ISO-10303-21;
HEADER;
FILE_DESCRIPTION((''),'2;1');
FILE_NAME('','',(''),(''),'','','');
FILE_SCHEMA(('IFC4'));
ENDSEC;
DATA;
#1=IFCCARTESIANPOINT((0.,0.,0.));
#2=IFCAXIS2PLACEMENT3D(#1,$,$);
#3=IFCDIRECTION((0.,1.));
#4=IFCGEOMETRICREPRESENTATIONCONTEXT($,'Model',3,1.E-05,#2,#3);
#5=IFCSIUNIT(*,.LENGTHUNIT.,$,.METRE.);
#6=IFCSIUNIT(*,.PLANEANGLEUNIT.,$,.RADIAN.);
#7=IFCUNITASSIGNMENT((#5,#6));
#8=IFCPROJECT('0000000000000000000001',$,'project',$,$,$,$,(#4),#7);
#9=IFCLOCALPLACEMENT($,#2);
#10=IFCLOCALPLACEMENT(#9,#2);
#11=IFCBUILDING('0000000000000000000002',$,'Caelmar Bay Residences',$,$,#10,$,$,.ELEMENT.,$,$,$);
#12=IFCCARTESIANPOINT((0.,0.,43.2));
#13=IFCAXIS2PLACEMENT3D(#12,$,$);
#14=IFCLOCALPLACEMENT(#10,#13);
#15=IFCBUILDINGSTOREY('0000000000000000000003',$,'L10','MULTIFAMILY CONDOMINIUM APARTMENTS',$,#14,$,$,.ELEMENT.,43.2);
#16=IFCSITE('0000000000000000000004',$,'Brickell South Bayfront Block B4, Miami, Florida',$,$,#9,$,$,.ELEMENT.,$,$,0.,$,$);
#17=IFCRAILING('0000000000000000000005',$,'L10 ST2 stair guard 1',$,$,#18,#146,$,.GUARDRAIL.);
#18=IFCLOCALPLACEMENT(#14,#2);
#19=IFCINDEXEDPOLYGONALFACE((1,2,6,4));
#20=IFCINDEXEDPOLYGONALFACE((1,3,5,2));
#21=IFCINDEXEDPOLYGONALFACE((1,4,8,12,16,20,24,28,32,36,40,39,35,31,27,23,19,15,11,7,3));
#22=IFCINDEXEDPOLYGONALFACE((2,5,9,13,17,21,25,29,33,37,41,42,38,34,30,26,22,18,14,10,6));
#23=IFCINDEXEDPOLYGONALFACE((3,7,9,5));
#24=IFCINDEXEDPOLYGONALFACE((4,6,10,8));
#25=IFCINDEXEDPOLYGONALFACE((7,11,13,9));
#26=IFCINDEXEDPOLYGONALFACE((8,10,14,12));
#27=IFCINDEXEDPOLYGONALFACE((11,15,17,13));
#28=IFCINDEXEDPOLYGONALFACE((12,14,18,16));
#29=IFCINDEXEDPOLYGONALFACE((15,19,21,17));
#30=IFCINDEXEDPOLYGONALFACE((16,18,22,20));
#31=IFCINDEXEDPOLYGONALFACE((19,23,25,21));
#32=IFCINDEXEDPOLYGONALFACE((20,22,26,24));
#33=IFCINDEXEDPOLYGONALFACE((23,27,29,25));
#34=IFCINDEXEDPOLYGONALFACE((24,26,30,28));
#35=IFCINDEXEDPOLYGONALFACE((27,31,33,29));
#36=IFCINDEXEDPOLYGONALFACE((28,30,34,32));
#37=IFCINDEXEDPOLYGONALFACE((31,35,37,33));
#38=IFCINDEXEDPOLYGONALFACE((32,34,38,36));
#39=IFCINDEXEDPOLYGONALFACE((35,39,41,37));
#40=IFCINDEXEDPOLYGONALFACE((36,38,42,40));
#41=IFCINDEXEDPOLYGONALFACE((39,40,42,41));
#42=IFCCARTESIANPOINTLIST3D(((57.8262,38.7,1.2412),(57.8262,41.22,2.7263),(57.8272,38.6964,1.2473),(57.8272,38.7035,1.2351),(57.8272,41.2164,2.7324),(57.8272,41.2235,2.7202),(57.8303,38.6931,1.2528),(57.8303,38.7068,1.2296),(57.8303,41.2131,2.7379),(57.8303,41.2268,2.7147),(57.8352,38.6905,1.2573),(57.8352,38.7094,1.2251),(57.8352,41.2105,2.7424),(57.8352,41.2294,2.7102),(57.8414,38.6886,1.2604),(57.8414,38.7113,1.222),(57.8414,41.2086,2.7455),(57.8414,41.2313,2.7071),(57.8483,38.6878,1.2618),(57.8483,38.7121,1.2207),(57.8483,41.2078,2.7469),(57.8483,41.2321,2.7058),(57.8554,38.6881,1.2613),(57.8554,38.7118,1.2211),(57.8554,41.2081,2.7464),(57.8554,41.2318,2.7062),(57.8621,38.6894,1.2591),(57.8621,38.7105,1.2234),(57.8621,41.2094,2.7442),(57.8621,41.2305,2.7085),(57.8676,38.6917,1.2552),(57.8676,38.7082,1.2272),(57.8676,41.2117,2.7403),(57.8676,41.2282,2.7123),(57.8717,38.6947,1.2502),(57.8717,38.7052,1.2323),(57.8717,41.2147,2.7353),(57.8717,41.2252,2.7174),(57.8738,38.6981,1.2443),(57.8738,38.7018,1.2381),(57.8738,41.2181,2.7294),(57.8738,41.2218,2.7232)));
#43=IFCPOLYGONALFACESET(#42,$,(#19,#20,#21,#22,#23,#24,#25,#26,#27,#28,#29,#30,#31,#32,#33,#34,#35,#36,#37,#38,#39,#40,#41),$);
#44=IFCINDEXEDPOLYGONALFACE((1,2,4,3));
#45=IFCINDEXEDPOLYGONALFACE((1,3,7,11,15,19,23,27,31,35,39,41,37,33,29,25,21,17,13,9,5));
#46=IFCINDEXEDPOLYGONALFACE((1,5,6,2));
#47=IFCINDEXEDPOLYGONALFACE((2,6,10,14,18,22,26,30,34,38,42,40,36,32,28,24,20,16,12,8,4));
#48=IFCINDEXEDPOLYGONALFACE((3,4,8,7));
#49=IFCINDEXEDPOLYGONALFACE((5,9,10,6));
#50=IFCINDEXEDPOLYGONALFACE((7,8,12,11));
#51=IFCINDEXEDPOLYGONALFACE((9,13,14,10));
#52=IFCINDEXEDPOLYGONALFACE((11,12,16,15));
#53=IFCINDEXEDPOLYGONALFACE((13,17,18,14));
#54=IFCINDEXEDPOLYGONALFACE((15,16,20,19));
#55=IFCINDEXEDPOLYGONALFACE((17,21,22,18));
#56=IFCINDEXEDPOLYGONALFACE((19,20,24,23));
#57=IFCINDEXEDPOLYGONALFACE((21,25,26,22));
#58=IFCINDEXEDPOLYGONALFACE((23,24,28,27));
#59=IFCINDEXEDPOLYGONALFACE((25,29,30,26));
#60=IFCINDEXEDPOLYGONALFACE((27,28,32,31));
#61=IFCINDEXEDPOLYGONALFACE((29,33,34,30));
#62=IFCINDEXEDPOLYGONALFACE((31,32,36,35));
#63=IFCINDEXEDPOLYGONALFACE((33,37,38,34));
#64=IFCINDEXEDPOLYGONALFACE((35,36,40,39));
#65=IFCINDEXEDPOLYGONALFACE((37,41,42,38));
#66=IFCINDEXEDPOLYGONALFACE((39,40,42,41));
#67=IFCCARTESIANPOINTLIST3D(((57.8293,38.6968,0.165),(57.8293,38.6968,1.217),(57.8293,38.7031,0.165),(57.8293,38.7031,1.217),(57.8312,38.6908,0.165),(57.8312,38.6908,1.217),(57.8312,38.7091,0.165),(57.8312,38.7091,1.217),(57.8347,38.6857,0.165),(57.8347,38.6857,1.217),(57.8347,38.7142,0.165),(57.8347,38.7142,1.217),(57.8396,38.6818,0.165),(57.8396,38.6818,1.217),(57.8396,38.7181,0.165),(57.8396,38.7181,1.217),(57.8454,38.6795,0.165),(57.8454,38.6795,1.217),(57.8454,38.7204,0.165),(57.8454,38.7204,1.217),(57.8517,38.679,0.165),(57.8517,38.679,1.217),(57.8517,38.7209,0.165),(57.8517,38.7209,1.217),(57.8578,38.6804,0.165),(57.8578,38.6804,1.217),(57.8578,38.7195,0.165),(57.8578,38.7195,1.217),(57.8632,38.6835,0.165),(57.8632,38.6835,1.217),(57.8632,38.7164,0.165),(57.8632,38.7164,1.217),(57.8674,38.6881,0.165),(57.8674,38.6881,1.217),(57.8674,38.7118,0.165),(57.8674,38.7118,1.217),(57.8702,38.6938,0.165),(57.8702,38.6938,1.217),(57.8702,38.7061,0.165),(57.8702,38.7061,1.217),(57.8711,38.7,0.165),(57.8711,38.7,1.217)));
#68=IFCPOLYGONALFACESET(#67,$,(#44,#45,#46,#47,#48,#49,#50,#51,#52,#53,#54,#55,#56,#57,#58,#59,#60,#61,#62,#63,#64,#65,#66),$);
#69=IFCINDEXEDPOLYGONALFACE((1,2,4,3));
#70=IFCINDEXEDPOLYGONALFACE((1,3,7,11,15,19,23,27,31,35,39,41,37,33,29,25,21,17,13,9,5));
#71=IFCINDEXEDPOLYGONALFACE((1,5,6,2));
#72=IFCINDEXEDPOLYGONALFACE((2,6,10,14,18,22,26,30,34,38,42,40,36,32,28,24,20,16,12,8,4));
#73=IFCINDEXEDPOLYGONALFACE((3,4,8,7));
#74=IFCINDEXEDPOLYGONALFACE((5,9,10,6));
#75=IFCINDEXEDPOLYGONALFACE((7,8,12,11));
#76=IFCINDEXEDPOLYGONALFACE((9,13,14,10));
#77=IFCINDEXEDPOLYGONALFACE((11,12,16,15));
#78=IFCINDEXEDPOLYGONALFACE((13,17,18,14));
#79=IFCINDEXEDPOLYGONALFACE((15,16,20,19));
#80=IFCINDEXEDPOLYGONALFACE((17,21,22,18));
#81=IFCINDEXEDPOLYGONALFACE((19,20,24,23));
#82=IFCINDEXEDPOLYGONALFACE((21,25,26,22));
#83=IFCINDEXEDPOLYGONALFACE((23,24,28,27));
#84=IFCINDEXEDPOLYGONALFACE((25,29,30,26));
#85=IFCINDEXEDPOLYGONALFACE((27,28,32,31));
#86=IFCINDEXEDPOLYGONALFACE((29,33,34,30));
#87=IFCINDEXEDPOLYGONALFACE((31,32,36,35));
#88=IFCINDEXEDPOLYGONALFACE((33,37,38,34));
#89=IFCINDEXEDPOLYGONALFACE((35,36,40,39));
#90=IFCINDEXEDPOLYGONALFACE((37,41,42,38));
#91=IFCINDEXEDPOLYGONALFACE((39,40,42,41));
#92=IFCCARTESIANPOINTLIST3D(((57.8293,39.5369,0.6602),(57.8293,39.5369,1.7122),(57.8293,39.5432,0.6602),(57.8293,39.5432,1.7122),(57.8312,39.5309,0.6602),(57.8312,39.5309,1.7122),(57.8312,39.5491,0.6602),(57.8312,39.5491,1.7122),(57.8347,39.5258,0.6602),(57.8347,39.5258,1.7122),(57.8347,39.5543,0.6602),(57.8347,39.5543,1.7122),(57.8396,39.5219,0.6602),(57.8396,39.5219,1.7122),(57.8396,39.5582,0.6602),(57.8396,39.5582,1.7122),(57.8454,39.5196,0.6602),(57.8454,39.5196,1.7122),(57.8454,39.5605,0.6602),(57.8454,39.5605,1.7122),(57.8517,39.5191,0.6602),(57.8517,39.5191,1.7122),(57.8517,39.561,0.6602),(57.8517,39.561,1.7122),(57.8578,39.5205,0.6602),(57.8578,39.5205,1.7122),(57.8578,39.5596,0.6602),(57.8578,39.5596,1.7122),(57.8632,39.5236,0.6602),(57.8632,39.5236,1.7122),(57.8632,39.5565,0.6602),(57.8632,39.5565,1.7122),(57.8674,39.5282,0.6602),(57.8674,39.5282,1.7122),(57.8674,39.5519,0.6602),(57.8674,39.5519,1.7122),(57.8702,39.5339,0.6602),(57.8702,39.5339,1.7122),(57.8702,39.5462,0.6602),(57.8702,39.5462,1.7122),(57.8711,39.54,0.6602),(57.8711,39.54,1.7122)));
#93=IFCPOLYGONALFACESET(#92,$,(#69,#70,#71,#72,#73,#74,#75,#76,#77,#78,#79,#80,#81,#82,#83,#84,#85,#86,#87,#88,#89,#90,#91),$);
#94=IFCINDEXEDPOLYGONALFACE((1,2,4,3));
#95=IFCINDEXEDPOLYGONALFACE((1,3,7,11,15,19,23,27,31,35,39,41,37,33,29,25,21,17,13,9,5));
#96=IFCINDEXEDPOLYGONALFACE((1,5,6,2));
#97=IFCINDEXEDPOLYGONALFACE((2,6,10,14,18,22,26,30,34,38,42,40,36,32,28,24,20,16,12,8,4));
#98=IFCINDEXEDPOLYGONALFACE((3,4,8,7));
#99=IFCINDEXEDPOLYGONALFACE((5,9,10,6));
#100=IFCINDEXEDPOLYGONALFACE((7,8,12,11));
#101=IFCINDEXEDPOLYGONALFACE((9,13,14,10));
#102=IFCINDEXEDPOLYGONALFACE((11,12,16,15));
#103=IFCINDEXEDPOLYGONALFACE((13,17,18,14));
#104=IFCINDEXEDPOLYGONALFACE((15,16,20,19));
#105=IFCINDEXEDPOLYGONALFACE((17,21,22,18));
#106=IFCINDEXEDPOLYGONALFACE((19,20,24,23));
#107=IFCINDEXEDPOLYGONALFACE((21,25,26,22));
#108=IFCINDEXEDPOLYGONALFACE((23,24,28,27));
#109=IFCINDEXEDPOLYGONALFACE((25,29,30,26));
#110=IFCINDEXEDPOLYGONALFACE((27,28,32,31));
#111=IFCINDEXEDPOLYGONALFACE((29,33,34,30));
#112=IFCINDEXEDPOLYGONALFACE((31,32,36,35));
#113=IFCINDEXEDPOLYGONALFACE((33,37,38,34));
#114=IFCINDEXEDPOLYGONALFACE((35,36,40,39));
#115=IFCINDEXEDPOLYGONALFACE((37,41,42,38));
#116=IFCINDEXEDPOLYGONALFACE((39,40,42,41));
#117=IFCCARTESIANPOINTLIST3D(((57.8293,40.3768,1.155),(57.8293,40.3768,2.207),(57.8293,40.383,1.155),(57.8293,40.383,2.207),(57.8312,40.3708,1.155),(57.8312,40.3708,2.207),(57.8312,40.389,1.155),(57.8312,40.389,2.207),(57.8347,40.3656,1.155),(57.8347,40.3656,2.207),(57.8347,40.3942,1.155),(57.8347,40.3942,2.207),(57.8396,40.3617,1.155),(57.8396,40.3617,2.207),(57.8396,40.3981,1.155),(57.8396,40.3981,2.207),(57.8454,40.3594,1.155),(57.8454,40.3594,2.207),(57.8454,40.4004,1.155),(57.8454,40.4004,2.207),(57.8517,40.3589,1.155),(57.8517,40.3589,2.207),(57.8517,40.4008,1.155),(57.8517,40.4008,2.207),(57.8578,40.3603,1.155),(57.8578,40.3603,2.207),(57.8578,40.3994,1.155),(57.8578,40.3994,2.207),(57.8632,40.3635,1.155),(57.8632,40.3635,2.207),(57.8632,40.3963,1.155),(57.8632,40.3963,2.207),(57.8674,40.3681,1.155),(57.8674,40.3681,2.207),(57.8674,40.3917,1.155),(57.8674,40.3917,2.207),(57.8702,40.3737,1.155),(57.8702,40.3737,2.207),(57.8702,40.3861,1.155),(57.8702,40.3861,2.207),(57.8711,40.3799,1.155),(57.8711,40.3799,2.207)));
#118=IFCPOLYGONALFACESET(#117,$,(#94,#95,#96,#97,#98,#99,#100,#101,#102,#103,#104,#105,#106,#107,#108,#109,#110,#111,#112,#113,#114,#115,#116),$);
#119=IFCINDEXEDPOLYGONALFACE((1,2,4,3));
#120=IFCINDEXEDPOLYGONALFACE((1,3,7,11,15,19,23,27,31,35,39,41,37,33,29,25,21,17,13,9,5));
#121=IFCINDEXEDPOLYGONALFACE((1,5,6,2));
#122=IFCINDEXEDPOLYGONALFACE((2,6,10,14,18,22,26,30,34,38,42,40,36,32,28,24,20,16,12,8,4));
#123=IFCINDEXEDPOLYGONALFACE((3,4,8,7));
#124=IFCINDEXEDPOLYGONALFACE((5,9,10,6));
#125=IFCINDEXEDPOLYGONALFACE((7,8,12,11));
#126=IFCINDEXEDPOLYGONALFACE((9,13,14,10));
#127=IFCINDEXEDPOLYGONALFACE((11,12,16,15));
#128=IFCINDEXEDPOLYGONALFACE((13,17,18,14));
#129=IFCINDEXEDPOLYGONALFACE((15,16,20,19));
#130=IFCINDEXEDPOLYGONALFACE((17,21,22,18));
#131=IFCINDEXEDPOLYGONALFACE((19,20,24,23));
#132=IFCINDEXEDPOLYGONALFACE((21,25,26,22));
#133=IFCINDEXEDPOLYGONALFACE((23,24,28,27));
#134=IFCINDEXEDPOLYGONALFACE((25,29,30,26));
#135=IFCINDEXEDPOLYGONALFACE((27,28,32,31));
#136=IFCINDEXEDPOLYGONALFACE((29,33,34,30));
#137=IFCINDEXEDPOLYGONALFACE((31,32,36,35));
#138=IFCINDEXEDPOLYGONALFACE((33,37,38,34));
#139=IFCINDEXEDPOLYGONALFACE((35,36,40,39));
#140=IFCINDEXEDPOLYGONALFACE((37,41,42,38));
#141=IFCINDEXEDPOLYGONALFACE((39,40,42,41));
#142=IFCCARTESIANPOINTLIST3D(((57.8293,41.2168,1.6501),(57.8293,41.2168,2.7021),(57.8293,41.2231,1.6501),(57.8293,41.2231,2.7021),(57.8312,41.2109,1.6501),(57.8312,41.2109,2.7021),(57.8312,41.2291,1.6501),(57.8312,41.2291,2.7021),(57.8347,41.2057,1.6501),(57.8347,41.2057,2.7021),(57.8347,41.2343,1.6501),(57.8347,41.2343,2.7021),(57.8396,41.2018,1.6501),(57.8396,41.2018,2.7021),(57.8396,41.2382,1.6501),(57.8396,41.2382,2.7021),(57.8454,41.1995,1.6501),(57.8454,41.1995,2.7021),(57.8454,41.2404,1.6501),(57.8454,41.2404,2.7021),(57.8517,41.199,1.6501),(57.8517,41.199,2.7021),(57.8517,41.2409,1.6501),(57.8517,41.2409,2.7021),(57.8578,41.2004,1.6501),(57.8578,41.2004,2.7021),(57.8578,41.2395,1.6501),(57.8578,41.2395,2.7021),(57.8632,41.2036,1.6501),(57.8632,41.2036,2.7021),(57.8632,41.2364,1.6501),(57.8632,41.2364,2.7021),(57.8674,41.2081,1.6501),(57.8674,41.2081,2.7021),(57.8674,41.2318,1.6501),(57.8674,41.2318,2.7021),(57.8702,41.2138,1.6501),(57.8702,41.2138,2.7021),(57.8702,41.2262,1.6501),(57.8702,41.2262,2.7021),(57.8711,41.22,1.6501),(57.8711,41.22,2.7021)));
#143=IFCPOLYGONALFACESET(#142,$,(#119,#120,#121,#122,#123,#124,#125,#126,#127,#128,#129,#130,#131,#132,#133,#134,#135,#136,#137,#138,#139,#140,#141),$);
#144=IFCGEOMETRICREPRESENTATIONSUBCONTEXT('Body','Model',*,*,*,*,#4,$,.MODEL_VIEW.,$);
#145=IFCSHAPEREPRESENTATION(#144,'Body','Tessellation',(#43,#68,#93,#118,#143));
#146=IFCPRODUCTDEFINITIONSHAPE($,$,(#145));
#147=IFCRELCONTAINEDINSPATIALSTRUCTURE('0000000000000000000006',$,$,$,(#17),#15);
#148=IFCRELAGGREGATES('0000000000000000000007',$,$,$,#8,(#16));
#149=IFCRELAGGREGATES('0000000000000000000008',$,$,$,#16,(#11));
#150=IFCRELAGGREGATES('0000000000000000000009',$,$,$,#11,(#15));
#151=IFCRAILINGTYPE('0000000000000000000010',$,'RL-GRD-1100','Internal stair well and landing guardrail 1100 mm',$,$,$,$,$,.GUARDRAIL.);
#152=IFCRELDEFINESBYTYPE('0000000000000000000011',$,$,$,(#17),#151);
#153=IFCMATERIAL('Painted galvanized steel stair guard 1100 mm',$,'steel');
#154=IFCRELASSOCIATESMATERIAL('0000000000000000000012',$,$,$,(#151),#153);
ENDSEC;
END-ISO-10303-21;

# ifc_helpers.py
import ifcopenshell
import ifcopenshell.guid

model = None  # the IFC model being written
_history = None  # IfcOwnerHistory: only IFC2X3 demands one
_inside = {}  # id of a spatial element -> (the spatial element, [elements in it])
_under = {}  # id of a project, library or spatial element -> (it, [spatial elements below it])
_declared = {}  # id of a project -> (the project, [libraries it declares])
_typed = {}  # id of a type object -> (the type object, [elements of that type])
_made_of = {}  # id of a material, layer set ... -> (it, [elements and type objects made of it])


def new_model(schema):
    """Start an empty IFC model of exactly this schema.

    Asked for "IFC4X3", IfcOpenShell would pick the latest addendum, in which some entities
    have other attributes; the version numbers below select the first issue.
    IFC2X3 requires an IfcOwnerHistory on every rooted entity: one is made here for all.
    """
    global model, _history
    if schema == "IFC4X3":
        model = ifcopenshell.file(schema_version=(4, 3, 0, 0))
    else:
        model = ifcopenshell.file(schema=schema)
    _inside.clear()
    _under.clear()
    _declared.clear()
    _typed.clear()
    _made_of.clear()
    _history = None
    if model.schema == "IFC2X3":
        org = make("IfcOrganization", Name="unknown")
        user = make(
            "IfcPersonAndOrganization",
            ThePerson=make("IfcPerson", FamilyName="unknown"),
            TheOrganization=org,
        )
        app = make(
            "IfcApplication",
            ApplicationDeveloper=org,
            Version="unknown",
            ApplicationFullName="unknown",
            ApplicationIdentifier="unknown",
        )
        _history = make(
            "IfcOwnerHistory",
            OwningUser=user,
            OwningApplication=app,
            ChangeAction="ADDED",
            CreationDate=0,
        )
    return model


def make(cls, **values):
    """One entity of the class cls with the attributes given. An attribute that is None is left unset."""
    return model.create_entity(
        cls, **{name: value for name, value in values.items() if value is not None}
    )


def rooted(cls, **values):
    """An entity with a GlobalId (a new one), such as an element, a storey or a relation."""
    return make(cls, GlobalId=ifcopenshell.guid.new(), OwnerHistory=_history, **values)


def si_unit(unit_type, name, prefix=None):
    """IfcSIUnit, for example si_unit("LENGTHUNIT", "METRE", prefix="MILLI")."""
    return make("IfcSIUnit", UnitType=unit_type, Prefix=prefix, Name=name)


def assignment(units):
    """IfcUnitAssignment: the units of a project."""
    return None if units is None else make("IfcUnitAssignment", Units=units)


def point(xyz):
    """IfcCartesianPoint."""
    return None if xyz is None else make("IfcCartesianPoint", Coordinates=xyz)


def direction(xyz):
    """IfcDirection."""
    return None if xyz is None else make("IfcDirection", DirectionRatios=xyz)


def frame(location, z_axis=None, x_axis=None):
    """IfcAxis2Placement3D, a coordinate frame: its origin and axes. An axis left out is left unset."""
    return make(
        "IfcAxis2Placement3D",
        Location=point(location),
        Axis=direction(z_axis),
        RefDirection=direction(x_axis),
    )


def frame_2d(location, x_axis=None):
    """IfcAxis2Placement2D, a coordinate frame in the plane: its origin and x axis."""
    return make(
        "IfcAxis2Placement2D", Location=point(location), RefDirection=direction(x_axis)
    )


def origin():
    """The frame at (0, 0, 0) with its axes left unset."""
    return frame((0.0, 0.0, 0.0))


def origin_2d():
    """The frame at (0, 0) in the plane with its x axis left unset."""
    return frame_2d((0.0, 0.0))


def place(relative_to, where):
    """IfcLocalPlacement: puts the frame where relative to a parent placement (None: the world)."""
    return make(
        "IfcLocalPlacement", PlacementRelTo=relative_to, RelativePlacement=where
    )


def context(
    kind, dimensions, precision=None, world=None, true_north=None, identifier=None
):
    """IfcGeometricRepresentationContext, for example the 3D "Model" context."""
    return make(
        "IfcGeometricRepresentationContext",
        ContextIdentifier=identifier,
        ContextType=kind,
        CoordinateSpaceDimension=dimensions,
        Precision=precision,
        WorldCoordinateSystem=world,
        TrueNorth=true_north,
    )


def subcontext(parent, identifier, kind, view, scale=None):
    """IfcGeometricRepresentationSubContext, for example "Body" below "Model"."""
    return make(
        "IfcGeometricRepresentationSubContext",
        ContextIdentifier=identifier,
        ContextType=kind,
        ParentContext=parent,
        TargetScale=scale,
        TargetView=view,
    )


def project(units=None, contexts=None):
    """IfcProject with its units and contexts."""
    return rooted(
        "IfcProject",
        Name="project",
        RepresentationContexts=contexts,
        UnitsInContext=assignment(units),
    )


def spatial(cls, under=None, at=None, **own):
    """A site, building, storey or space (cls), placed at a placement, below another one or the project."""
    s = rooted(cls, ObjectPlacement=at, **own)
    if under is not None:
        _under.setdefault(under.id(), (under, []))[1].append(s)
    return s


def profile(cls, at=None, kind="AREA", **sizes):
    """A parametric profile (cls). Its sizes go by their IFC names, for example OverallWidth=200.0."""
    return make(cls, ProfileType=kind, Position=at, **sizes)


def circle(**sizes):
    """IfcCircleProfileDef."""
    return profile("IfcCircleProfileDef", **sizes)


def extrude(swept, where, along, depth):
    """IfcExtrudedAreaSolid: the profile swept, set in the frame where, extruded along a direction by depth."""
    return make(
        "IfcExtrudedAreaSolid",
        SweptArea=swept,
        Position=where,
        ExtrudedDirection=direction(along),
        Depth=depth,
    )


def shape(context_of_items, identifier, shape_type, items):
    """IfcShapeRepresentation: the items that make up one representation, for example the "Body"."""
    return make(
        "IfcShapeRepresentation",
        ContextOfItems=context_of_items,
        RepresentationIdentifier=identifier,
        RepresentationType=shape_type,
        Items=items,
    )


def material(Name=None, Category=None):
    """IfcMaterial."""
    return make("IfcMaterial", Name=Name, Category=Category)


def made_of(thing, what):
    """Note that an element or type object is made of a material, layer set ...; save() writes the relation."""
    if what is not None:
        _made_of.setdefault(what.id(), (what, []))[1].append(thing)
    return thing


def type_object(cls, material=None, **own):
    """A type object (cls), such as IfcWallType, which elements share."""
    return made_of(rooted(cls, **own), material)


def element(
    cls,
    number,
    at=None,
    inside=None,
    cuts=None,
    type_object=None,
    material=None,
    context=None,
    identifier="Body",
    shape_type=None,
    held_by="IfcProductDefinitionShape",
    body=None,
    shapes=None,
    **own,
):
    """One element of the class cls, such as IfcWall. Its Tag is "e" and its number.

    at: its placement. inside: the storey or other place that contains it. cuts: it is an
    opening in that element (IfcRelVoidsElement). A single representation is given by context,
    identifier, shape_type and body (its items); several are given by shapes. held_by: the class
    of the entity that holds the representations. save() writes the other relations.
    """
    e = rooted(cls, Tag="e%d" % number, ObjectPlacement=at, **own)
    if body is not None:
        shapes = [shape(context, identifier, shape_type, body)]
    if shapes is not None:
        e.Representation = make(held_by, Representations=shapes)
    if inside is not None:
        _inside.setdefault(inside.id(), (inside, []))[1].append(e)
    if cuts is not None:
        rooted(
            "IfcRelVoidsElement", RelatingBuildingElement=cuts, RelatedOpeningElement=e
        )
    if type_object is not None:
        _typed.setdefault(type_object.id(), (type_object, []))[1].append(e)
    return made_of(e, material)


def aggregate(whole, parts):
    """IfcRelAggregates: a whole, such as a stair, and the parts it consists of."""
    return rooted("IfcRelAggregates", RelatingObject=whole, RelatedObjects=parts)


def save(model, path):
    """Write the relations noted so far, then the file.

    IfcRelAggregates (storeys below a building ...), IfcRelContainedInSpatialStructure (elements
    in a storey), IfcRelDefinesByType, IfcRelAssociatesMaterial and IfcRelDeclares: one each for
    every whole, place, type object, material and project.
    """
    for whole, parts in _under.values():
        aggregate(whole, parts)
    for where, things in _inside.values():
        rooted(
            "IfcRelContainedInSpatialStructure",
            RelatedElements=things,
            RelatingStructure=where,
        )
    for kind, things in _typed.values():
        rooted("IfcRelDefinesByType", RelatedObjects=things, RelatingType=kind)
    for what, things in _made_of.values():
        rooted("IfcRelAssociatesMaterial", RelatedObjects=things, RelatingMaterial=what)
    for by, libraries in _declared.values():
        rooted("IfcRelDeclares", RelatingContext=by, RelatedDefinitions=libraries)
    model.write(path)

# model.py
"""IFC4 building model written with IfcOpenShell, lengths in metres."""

from ifc_helpers import new_model, si_unit, direction, frame, origin, origin_2d, place, context, subcontext, project, spatial, circle, extrude, material, type_object, element, save


model = new_model("IFC4")

# Units and contexts
model_context = context("Model", 3, precision=1e-05, world=origin(), true_north=direction((0.0, 1.0)))
body_context = subcontext(model_context, "Body", "Model", "MODEL_VIEW")
ifc_project = project(units=[si_unit("LENGTHUNIT", "METRE"), si_unit("PLANEANGLEUNIT", "RADIAN")], contexts=[model_context])

# Site, building, storey
site_placement = place(None, origin())
site = spatial("IfcSite", under=ifc_project, at=site_placement, Name="Brickell South Bayfront Block B4, Miami, Florida", CompositionType="ELEMENT", RefElevation=0.0)
building_placement = place(site_placement, origin())
building = spatial("IfcBuilding", under=site, at=building_placement, Name="Caelmar Bay Residences", CompositionType="ELEMENT")
storey_placement = place(building_placement, frame((0.0, 0.0, 43.2)))
storey = spatial("IfcBuildingStorey", under=building, at=storey_placement, Name="L10", Description="MULTIFAMILY CONDOMINIUM APARTMENTS", CompositionType="ELEMENT", Elevation=43.2)

# Railing
ifc_material_1 = material(Name="Painted galvanized steel stair guard 1100 mm", Category="steel")
railing_type_1 = type_object("IfcRailingType", Name="RL-GRD-1100", Description="Internal stair well and landing guardrail 1100 mm", PredefinedType="GUARDRAIL", material=ifc_material_1)
railing_1_placement = place(storey_placement, frame((57.8501, 38.7, 0.165)))
element("IfcRailing", 1, at=railing_1_placement, inside=storey, type_object=railing_type_1, Name="L10 ST2 stair guard 1", PredefinedType="GUARDRAIL", context=body_context, shape_type="SweptSolid", body=[
    extrude(circle(Radius=0.0239, at=origin_2d()), frame((0.0, 0.0, 1.0762), z_axis=(0.0, 0.861524, 0.507717), x_axis=(-1.0, 0.0, 0.0)), (0.0, 0.0, 1.0), 2.925),
    extrude(circle(Radius=0.021, at=origin_2d()), origin(), (0.0, 0.0, 1.0), 1.052),
    extrude(circle(Radius=0.021, at=origin_2d()), frame((0.0, 0.8401, 0.4951)), (0.0, 0.0, 1.0), 1.052),
    extrude(circle(Radius=0.021, at=origin_2d()), frame((0.0, 1.6799, 0.99)), (0.0, 0.0, 1.0), 1.052),
    extrude(circle(Radius=0.021, at=origin_2d()), frame((0.0, 2.52, 1.4851)), (0.0, 0.0, 1.0), 1.052),
])

save(model, "model.ifc")
